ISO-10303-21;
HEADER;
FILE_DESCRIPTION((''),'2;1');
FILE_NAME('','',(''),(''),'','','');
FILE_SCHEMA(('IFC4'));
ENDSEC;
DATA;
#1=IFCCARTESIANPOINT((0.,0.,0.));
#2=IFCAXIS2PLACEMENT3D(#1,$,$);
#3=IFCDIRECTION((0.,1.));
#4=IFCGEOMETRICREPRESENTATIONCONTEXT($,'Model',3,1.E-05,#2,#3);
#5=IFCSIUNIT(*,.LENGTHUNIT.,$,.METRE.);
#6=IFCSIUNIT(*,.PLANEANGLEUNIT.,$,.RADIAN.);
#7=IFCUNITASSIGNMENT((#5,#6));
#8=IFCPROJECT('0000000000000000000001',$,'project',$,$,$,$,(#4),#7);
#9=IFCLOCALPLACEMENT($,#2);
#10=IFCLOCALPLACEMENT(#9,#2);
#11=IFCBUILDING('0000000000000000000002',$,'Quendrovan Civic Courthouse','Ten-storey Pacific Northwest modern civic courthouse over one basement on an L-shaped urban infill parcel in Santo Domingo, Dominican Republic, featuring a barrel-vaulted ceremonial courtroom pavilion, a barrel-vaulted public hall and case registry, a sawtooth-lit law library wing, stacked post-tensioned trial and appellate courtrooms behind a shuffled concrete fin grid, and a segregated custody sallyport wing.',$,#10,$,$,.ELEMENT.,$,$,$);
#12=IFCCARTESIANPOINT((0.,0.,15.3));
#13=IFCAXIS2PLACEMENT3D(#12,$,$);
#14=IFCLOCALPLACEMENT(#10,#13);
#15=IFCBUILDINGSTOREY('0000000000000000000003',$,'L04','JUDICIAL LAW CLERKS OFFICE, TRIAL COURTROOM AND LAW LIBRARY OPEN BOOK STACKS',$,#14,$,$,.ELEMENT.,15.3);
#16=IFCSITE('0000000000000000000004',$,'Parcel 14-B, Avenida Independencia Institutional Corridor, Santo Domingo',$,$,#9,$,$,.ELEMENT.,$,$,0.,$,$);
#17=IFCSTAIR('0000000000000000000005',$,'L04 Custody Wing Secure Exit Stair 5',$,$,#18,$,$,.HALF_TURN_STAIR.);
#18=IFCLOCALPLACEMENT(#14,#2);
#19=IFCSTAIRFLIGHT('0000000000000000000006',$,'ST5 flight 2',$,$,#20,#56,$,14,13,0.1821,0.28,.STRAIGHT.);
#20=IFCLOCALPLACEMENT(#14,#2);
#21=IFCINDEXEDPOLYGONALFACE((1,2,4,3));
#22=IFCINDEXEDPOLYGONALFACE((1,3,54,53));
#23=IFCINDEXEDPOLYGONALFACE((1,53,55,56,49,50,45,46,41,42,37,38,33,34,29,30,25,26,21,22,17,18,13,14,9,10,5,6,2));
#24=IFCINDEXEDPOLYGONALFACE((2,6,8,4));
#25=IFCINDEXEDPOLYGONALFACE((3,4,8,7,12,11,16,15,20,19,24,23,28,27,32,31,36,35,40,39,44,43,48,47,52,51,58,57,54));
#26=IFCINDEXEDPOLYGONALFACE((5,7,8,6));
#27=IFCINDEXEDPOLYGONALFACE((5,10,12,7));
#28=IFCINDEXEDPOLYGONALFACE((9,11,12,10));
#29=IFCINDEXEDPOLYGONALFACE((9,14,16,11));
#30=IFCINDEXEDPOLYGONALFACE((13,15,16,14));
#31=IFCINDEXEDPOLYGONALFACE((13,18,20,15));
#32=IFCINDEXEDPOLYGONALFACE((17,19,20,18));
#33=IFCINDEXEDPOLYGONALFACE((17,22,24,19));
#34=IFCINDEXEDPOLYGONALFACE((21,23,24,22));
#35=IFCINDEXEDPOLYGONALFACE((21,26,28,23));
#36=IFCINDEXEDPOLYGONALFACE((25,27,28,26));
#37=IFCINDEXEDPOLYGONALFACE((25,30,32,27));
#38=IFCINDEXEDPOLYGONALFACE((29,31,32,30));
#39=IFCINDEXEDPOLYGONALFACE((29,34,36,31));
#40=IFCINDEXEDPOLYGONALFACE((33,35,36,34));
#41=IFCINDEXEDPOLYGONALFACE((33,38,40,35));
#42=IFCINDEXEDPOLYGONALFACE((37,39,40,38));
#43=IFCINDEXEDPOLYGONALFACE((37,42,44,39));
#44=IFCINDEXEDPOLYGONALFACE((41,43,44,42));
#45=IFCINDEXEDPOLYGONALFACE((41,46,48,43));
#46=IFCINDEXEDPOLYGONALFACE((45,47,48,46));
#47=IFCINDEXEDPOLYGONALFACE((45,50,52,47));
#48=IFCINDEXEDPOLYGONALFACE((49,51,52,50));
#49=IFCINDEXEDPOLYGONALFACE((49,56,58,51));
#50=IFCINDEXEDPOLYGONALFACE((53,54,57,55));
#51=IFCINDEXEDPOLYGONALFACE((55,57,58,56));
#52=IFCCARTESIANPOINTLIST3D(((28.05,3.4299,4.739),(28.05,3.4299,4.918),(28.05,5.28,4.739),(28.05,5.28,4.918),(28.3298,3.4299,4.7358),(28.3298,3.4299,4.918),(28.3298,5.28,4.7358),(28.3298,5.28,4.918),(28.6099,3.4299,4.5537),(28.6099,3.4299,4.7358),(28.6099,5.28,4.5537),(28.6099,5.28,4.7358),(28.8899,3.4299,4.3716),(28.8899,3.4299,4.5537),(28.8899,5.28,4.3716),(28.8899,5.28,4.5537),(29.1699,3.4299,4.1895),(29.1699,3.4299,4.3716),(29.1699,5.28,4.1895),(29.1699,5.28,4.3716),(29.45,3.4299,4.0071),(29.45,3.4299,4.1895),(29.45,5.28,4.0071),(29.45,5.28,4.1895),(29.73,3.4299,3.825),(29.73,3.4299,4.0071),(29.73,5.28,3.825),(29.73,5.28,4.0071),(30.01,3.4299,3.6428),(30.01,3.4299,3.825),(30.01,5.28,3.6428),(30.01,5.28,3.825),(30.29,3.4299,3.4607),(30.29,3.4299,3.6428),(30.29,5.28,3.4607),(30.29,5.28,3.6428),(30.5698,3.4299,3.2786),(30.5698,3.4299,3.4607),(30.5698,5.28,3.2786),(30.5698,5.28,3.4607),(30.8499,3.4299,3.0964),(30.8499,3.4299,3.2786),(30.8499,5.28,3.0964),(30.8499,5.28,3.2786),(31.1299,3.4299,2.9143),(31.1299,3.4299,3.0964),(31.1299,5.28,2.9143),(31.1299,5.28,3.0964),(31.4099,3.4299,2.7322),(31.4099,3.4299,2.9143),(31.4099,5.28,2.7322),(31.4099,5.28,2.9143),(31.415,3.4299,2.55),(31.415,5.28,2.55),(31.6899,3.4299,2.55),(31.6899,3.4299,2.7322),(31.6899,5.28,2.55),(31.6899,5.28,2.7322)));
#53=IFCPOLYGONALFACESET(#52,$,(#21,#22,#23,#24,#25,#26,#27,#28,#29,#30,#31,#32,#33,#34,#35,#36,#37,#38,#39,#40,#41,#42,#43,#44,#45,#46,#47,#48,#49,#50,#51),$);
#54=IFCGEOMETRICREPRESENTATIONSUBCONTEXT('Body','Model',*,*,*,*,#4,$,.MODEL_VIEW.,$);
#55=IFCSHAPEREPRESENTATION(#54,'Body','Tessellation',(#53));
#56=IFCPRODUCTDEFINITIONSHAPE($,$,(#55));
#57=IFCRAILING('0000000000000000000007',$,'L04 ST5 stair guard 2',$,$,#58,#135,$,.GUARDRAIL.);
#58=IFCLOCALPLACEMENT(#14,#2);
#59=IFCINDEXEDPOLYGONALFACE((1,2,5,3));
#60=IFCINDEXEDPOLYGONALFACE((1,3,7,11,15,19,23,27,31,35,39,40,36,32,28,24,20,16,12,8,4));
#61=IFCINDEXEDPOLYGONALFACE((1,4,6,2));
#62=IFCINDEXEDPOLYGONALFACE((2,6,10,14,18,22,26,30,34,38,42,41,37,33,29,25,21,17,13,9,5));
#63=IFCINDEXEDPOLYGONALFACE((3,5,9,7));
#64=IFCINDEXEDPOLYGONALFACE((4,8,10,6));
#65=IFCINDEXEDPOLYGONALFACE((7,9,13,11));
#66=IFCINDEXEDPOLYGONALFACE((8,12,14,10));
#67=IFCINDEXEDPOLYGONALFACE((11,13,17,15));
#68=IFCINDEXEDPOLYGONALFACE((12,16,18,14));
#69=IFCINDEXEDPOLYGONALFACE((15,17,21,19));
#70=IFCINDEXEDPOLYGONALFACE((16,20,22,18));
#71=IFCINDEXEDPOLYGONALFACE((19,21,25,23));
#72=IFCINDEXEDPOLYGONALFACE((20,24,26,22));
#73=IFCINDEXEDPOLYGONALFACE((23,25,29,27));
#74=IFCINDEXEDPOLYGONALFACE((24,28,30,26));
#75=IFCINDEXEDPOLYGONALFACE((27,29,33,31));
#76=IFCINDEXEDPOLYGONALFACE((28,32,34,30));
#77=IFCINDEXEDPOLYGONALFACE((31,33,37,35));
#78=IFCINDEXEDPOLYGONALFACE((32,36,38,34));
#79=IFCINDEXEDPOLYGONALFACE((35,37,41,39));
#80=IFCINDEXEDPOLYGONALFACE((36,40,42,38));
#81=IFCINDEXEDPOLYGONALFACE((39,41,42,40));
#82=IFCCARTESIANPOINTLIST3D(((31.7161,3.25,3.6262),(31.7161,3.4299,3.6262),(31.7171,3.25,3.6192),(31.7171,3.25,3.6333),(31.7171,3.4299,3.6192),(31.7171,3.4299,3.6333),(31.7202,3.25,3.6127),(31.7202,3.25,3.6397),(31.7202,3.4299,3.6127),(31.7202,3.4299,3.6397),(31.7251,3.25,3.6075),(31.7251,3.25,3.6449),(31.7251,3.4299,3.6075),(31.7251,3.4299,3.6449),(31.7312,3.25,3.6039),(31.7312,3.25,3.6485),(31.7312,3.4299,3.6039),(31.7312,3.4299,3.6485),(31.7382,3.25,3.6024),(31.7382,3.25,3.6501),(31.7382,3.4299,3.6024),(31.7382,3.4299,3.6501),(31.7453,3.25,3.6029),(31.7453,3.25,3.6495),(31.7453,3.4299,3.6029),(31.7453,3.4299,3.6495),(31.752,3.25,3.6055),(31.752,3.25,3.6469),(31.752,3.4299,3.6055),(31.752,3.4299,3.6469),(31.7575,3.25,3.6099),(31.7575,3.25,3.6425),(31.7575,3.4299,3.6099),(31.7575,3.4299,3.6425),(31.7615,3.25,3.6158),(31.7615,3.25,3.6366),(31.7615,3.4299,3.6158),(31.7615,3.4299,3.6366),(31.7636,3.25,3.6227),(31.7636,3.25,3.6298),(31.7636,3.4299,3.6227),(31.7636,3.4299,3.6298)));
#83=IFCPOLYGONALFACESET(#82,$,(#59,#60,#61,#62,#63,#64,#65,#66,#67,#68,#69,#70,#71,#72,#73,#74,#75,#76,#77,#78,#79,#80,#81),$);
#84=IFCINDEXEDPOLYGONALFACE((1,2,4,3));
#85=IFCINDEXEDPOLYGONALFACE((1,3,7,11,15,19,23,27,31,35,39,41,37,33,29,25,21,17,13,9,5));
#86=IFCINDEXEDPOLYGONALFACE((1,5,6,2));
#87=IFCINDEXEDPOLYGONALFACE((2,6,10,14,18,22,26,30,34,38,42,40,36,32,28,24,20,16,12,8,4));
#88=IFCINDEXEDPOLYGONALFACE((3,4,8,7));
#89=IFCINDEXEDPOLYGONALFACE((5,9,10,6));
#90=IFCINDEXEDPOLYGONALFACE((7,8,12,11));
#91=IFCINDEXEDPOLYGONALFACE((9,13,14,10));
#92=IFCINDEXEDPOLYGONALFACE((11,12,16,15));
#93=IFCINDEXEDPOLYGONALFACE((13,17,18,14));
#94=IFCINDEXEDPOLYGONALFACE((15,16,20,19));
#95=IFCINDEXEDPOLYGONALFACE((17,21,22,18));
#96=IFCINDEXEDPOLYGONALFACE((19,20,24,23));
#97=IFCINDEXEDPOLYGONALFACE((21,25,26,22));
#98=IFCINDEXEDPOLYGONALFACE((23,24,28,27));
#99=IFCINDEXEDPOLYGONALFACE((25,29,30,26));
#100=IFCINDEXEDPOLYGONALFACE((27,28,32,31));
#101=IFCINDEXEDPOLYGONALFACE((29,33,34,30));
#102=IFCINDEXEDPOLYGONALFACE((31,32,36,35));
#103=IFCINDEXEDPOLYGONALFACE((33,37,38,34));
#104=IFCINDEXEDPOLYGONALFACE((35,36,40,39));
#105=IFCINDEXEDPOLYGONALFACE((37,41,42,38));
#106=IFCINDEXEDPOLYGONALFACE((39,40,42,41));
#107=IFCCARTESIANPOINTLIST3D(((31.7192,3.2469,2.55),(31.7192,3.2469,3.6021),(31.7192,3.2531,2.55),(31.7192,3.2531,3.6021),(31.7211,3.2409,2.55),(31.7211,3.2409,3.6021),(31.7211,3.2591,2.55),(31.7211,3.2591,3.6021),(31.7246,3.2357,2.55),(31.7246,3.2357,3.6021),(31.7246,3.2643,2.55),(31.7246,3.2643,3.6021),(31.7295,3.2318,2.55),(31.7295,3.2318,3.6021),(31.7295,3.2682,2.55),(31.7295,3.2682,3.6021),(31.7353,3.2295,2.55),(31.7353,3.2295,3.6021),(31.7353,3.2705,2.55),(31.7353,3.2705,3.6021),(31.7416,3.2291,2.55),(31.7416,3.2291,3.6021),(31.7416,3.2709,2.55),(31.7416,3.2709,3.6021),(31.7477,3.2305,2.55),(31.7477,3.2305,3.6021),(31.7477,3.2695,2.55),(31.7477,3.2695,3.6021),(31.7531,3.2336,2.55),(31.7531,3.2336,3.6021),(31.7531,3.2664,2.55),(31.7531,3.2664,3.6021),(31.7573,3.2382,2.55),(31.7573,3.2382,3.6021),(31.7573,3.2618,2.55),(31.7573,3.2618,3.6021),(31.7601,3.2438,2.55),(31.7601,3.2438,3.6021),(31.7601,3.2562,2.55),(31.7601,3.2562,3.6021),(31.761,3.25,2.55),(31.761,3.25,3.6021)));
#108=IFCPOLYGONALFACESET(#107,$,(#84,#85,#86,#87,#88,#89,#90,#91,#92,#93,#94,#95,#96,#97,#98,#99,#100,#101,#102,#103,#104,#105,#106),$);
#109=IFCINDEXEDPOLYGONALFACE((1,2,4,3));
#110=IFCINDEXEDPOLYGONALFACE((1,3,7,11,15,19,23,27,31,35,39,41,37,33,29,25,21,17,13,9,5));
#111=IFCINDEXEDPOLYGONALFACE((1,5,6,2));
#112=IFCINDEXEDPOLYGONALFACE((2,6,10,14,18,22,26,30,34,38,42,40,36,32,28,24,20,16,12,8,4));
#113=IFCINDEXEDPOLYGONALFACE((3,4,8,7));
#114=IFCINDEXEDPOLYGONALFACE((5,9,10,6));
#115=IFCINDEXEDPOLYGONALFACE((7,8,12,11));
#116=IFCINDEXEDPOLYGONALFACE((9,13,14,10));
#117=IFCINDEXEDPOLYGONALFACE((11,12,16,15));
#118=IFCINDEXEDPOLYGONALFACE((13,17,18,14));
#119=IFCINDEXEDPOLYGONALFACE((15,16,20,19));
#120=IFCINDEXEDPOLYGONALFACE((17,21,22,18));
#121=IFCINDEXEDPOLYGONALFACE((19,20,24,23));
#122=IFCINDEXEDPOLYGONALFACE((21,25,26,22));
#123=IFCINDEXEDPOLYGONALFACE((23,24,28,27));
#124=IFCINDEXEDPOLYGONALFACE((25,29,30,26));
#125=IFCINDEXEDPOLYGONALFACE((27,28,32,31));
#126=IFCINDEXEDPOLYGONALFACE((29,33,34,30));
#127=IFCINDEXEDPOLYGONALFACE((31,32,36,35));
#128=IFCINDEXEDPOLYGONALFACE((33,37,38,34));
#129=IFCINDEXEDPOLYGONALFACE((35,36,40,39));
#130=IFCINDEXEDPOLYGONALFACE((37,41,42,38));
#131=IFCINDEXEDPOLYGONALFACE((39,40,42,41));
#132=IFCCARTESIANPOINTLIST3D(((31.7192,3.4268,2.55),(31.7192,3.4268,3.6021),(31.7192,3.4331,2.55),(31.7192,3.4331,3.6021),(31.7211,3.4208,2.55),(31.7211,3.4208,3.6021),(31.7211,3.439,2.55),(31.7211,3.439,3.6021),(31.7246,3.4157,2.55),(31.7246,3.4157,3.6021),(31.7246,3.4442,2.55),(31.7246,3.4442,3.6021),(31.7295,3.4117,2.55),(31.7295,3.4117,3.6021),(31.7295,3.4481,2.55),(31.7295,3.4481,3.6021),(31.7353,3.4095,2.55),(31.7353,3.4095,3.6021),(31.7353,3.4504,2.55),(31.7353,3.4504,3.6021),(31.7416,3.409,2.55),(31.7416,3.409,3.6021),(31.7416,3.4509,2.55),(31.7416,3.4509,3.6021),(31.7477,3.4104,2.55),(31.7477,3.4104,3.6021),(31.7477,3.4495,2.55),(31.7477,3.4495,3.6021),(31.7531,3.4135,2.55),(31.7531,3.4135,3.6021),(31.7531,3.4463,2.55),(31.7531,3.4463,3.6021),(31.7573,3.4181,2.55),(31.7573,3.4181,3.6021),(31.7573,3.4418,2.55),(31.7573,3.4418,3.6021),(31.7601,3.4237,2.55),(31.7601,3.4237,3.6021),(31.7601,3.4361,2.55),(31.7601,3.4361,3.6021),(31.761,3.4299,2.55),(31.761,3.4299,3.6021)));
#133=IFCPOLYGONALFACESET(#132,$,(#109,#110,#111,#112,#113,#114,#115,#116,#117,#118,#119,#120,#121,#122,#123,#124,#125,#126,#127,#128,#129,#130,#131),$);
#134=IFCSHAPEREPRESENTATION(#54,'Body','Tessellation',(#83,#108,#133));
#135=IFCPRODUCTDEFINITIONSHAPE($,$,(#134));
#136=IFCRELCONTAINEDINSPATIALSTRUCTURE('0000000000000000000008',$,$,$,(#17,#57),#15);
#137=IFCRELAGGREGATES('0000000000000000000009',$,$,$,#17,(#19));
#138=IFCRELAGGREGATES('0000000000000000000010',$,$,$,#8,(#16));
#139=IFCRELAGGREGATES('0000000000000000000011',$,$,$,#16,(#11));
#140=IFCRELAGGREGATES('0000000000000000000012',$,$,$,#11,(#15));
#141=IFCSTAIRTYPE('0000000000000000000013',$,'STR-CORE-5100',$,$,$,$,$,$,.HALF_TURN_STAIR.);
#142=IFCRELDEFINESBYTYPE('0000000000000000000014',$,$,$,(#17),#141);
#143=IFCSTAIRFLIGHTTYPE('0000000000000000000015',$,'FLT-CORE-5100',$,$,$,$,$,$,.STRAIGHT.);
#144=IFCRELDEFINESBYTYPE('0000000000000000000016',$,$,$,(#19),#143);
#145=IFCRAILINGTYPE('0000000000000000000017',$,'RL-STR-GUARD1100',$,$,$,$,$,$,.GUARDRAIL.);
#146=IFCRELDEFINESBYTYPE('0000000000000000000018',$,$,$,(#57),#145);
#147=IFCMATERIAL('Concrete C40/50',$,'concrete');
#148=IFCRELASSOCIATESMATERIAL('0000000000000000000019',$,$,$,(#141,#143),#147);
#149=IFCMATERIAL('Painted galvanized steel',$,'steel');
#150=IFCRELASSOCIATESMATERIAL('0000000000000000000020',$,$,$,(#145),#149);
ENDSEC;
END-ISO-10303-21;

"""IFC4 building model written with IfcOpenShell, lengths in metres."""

from ifc_helpers import new_model, si_unit, direction, frame, origin, origin_2d, place, context, subcontext, project, spatial, polyline, circle, outline, extrude, material, type_object, element, aggregate, save


model = new_model("IFC4")

# Units and contexts
model_context = context("Model", 3, precision=1e-05, world=origin(), true_north=direction((0.0, 1.0)))
body_context = subcontext(model_context, "Body", "Model", "MODEL_VIEW")
ifc_project = project(units=[si_unit("LENGTHUNIT", "METRE"), si_unit("PLANEANGLEUNIT", "RADIAN")], contexts=[model_context])

# Site, building, storey
site_placement = place(None, origin())
site = spatial("IfcSite", under=ifc_project, at=site_placement, Name="Parcel 14-B, Avenida Independencia Institutional Corridor, Santo Domingo", CompositionType="ELEMENT", RefElevation=0.0)
building_placement = place(site_placement, origin())
building = spatial("IfcBuilding", under=site, at=building_placement, Name="Quendrovan Civic Courthouse", Description="Ten-storey Pacific Northwest modern civic courthouse over one basement on an L-shaped urban infill parcel in Santo Domingo, Dominican Republic, featuring a barrel-vaulted ceremonial courtroom pavilion, a barrel-vaulted public hall and case registry, a sawtooth-lit law library wing, stacked post-tensioned trial and appellate courtrooms behind a shuffled concrete fin grid, and a segregated custody sallyport wing.", CompositionType="ELEMENT")
storey_placement = place(building_placement, frame((0.0, 0.0, 15.3)))
storey = spatial("IfcBuildingStorey", under=building, at=storey_placement, Name="L04", Description="JUDICIAL LAW CLERKS OFFICE, TRIAL COURTROOM AND LAW LIBRARY OPEN BOOK STACKS", CompositionType="ELEMENT", Elevation=15.3)

# Shared definitions
ifc_material_1 = material(Name="Concrete C40/50", Category="concrete")

# Stair, stair flight
stair_type = type_object("IfcStairType", Name="STR-CORE-5100", PredefinedType="HALF_TURN_STAIR", material=ifc_material_1)
stair_placement = place(storey_placement, origin())
stair = element("IfcStair", 1, at=stair_placement, inside=storey, type_object=stair_type, Name="L04 Custody Wing Secure Exit Stair 5", PredefinedType="HALF_TURN_STAIR")
stair_flight_type = type_object("IfcStairFlightType", Name="FLT-CORE-5100", PredefinedType="STRAIGHT", material=ifc_material_1)
stair_flight_placement = place(storey_placement, frame((31.6899, 4.355, 2.55), z_axis=(0.0, 0.0, 1.0), x_axis=(-1.0, 0.0, 0.0)))
stair_flight = element("IfcStairFlight", 2, at=stair_flight_placement, type_object=stair_flight_type, Name="ST5 flight 2", NumberOfRisers=14, NumberOfTreads=13, PredefinedType="STRAIGHT", RiserHeight=0.1821, TreadLength=0.28, context=body_context, shape_type="SweptSolid", body=[
    extrude(outline(polyline([(0.0, 0.0), (0.0, 0.1821), (0.28, 0.1821), (0.28, 0.3643), (0.5601, 0.3643), (0.5601, 0.5464), (0.8401, 0.5464), (0.8401, 0.7285), (1.1201, 0.7285), (1.1201, 0.9106), (1.3999, 0.9106), (1.3999, 1.0928), (1.6799, 1.0928), (1.6799, 1.2749), (1.96, 1.2749), (1.96, 1.457), (2.24, 1.457), (2.24, 1.6394), (2.52, 1.6394), (2.52, 1.8215), (2.8, 1.8215), (2.8, 2.0037), (3.0801, 2.0037), (3.0801, 2.1858), (3.3601, 2.1858), (3.3601, 2.3679), (3.6399, 2.3679), (3.6399, 2.55), (3.6399, 2.189), (0.2749, 0.0), (0.0, 0.0)])), frame((0.0, 0.925, 0.0), z_axis=(0.0, -1.0, 0.0), x_axis=(1.0, 0.0, 0.0)), (0.0, 0.0, 1.0), 1.8501),
])
aggregate(stair, [stair_flight])

# Railing
ifc_material_2 = material(Name="Painted galvanized steel", Category="steel")
railing_type_1 = type_object("IfcRailingType", Name="RL-STR-GUARD1100", PredefinedType="GUARDRAIL", material=ifc_material_2)
railing_1_placement = place(storey_placement, frame((31.74, 3.25, 2.55)))
element("IfcRailing", 3, at=railing_1_placement, inside=storey, type_object=railing_type_1, Name="L04 ST5 stair guard 2", PredefinedType="GUARDRAIL", context=body_context, shape_type="SweptSolid", body=[
    extrude(circle(Radius=0.0239, at=origin_2d()), frame((0.0, 0.0, 1.0762), z_axis=(0.0, 1.0, 0.0), x_axis=(-1.0, 0.0, 0.0)), (0.0, 0.0, 1.0), 0.1799),
    extrude(circle(Radius=0.021, at=origin_2d()), origin(), (0.0, 0.0, 1.0), 1.052),
    extrude(circle(Radius=0.021, at=origin_2d()), frame((0.0, 0.1799, 0.0)), (0.0, 0.0, 1.0), 1.052),
])

save(model, "model.ifc")
